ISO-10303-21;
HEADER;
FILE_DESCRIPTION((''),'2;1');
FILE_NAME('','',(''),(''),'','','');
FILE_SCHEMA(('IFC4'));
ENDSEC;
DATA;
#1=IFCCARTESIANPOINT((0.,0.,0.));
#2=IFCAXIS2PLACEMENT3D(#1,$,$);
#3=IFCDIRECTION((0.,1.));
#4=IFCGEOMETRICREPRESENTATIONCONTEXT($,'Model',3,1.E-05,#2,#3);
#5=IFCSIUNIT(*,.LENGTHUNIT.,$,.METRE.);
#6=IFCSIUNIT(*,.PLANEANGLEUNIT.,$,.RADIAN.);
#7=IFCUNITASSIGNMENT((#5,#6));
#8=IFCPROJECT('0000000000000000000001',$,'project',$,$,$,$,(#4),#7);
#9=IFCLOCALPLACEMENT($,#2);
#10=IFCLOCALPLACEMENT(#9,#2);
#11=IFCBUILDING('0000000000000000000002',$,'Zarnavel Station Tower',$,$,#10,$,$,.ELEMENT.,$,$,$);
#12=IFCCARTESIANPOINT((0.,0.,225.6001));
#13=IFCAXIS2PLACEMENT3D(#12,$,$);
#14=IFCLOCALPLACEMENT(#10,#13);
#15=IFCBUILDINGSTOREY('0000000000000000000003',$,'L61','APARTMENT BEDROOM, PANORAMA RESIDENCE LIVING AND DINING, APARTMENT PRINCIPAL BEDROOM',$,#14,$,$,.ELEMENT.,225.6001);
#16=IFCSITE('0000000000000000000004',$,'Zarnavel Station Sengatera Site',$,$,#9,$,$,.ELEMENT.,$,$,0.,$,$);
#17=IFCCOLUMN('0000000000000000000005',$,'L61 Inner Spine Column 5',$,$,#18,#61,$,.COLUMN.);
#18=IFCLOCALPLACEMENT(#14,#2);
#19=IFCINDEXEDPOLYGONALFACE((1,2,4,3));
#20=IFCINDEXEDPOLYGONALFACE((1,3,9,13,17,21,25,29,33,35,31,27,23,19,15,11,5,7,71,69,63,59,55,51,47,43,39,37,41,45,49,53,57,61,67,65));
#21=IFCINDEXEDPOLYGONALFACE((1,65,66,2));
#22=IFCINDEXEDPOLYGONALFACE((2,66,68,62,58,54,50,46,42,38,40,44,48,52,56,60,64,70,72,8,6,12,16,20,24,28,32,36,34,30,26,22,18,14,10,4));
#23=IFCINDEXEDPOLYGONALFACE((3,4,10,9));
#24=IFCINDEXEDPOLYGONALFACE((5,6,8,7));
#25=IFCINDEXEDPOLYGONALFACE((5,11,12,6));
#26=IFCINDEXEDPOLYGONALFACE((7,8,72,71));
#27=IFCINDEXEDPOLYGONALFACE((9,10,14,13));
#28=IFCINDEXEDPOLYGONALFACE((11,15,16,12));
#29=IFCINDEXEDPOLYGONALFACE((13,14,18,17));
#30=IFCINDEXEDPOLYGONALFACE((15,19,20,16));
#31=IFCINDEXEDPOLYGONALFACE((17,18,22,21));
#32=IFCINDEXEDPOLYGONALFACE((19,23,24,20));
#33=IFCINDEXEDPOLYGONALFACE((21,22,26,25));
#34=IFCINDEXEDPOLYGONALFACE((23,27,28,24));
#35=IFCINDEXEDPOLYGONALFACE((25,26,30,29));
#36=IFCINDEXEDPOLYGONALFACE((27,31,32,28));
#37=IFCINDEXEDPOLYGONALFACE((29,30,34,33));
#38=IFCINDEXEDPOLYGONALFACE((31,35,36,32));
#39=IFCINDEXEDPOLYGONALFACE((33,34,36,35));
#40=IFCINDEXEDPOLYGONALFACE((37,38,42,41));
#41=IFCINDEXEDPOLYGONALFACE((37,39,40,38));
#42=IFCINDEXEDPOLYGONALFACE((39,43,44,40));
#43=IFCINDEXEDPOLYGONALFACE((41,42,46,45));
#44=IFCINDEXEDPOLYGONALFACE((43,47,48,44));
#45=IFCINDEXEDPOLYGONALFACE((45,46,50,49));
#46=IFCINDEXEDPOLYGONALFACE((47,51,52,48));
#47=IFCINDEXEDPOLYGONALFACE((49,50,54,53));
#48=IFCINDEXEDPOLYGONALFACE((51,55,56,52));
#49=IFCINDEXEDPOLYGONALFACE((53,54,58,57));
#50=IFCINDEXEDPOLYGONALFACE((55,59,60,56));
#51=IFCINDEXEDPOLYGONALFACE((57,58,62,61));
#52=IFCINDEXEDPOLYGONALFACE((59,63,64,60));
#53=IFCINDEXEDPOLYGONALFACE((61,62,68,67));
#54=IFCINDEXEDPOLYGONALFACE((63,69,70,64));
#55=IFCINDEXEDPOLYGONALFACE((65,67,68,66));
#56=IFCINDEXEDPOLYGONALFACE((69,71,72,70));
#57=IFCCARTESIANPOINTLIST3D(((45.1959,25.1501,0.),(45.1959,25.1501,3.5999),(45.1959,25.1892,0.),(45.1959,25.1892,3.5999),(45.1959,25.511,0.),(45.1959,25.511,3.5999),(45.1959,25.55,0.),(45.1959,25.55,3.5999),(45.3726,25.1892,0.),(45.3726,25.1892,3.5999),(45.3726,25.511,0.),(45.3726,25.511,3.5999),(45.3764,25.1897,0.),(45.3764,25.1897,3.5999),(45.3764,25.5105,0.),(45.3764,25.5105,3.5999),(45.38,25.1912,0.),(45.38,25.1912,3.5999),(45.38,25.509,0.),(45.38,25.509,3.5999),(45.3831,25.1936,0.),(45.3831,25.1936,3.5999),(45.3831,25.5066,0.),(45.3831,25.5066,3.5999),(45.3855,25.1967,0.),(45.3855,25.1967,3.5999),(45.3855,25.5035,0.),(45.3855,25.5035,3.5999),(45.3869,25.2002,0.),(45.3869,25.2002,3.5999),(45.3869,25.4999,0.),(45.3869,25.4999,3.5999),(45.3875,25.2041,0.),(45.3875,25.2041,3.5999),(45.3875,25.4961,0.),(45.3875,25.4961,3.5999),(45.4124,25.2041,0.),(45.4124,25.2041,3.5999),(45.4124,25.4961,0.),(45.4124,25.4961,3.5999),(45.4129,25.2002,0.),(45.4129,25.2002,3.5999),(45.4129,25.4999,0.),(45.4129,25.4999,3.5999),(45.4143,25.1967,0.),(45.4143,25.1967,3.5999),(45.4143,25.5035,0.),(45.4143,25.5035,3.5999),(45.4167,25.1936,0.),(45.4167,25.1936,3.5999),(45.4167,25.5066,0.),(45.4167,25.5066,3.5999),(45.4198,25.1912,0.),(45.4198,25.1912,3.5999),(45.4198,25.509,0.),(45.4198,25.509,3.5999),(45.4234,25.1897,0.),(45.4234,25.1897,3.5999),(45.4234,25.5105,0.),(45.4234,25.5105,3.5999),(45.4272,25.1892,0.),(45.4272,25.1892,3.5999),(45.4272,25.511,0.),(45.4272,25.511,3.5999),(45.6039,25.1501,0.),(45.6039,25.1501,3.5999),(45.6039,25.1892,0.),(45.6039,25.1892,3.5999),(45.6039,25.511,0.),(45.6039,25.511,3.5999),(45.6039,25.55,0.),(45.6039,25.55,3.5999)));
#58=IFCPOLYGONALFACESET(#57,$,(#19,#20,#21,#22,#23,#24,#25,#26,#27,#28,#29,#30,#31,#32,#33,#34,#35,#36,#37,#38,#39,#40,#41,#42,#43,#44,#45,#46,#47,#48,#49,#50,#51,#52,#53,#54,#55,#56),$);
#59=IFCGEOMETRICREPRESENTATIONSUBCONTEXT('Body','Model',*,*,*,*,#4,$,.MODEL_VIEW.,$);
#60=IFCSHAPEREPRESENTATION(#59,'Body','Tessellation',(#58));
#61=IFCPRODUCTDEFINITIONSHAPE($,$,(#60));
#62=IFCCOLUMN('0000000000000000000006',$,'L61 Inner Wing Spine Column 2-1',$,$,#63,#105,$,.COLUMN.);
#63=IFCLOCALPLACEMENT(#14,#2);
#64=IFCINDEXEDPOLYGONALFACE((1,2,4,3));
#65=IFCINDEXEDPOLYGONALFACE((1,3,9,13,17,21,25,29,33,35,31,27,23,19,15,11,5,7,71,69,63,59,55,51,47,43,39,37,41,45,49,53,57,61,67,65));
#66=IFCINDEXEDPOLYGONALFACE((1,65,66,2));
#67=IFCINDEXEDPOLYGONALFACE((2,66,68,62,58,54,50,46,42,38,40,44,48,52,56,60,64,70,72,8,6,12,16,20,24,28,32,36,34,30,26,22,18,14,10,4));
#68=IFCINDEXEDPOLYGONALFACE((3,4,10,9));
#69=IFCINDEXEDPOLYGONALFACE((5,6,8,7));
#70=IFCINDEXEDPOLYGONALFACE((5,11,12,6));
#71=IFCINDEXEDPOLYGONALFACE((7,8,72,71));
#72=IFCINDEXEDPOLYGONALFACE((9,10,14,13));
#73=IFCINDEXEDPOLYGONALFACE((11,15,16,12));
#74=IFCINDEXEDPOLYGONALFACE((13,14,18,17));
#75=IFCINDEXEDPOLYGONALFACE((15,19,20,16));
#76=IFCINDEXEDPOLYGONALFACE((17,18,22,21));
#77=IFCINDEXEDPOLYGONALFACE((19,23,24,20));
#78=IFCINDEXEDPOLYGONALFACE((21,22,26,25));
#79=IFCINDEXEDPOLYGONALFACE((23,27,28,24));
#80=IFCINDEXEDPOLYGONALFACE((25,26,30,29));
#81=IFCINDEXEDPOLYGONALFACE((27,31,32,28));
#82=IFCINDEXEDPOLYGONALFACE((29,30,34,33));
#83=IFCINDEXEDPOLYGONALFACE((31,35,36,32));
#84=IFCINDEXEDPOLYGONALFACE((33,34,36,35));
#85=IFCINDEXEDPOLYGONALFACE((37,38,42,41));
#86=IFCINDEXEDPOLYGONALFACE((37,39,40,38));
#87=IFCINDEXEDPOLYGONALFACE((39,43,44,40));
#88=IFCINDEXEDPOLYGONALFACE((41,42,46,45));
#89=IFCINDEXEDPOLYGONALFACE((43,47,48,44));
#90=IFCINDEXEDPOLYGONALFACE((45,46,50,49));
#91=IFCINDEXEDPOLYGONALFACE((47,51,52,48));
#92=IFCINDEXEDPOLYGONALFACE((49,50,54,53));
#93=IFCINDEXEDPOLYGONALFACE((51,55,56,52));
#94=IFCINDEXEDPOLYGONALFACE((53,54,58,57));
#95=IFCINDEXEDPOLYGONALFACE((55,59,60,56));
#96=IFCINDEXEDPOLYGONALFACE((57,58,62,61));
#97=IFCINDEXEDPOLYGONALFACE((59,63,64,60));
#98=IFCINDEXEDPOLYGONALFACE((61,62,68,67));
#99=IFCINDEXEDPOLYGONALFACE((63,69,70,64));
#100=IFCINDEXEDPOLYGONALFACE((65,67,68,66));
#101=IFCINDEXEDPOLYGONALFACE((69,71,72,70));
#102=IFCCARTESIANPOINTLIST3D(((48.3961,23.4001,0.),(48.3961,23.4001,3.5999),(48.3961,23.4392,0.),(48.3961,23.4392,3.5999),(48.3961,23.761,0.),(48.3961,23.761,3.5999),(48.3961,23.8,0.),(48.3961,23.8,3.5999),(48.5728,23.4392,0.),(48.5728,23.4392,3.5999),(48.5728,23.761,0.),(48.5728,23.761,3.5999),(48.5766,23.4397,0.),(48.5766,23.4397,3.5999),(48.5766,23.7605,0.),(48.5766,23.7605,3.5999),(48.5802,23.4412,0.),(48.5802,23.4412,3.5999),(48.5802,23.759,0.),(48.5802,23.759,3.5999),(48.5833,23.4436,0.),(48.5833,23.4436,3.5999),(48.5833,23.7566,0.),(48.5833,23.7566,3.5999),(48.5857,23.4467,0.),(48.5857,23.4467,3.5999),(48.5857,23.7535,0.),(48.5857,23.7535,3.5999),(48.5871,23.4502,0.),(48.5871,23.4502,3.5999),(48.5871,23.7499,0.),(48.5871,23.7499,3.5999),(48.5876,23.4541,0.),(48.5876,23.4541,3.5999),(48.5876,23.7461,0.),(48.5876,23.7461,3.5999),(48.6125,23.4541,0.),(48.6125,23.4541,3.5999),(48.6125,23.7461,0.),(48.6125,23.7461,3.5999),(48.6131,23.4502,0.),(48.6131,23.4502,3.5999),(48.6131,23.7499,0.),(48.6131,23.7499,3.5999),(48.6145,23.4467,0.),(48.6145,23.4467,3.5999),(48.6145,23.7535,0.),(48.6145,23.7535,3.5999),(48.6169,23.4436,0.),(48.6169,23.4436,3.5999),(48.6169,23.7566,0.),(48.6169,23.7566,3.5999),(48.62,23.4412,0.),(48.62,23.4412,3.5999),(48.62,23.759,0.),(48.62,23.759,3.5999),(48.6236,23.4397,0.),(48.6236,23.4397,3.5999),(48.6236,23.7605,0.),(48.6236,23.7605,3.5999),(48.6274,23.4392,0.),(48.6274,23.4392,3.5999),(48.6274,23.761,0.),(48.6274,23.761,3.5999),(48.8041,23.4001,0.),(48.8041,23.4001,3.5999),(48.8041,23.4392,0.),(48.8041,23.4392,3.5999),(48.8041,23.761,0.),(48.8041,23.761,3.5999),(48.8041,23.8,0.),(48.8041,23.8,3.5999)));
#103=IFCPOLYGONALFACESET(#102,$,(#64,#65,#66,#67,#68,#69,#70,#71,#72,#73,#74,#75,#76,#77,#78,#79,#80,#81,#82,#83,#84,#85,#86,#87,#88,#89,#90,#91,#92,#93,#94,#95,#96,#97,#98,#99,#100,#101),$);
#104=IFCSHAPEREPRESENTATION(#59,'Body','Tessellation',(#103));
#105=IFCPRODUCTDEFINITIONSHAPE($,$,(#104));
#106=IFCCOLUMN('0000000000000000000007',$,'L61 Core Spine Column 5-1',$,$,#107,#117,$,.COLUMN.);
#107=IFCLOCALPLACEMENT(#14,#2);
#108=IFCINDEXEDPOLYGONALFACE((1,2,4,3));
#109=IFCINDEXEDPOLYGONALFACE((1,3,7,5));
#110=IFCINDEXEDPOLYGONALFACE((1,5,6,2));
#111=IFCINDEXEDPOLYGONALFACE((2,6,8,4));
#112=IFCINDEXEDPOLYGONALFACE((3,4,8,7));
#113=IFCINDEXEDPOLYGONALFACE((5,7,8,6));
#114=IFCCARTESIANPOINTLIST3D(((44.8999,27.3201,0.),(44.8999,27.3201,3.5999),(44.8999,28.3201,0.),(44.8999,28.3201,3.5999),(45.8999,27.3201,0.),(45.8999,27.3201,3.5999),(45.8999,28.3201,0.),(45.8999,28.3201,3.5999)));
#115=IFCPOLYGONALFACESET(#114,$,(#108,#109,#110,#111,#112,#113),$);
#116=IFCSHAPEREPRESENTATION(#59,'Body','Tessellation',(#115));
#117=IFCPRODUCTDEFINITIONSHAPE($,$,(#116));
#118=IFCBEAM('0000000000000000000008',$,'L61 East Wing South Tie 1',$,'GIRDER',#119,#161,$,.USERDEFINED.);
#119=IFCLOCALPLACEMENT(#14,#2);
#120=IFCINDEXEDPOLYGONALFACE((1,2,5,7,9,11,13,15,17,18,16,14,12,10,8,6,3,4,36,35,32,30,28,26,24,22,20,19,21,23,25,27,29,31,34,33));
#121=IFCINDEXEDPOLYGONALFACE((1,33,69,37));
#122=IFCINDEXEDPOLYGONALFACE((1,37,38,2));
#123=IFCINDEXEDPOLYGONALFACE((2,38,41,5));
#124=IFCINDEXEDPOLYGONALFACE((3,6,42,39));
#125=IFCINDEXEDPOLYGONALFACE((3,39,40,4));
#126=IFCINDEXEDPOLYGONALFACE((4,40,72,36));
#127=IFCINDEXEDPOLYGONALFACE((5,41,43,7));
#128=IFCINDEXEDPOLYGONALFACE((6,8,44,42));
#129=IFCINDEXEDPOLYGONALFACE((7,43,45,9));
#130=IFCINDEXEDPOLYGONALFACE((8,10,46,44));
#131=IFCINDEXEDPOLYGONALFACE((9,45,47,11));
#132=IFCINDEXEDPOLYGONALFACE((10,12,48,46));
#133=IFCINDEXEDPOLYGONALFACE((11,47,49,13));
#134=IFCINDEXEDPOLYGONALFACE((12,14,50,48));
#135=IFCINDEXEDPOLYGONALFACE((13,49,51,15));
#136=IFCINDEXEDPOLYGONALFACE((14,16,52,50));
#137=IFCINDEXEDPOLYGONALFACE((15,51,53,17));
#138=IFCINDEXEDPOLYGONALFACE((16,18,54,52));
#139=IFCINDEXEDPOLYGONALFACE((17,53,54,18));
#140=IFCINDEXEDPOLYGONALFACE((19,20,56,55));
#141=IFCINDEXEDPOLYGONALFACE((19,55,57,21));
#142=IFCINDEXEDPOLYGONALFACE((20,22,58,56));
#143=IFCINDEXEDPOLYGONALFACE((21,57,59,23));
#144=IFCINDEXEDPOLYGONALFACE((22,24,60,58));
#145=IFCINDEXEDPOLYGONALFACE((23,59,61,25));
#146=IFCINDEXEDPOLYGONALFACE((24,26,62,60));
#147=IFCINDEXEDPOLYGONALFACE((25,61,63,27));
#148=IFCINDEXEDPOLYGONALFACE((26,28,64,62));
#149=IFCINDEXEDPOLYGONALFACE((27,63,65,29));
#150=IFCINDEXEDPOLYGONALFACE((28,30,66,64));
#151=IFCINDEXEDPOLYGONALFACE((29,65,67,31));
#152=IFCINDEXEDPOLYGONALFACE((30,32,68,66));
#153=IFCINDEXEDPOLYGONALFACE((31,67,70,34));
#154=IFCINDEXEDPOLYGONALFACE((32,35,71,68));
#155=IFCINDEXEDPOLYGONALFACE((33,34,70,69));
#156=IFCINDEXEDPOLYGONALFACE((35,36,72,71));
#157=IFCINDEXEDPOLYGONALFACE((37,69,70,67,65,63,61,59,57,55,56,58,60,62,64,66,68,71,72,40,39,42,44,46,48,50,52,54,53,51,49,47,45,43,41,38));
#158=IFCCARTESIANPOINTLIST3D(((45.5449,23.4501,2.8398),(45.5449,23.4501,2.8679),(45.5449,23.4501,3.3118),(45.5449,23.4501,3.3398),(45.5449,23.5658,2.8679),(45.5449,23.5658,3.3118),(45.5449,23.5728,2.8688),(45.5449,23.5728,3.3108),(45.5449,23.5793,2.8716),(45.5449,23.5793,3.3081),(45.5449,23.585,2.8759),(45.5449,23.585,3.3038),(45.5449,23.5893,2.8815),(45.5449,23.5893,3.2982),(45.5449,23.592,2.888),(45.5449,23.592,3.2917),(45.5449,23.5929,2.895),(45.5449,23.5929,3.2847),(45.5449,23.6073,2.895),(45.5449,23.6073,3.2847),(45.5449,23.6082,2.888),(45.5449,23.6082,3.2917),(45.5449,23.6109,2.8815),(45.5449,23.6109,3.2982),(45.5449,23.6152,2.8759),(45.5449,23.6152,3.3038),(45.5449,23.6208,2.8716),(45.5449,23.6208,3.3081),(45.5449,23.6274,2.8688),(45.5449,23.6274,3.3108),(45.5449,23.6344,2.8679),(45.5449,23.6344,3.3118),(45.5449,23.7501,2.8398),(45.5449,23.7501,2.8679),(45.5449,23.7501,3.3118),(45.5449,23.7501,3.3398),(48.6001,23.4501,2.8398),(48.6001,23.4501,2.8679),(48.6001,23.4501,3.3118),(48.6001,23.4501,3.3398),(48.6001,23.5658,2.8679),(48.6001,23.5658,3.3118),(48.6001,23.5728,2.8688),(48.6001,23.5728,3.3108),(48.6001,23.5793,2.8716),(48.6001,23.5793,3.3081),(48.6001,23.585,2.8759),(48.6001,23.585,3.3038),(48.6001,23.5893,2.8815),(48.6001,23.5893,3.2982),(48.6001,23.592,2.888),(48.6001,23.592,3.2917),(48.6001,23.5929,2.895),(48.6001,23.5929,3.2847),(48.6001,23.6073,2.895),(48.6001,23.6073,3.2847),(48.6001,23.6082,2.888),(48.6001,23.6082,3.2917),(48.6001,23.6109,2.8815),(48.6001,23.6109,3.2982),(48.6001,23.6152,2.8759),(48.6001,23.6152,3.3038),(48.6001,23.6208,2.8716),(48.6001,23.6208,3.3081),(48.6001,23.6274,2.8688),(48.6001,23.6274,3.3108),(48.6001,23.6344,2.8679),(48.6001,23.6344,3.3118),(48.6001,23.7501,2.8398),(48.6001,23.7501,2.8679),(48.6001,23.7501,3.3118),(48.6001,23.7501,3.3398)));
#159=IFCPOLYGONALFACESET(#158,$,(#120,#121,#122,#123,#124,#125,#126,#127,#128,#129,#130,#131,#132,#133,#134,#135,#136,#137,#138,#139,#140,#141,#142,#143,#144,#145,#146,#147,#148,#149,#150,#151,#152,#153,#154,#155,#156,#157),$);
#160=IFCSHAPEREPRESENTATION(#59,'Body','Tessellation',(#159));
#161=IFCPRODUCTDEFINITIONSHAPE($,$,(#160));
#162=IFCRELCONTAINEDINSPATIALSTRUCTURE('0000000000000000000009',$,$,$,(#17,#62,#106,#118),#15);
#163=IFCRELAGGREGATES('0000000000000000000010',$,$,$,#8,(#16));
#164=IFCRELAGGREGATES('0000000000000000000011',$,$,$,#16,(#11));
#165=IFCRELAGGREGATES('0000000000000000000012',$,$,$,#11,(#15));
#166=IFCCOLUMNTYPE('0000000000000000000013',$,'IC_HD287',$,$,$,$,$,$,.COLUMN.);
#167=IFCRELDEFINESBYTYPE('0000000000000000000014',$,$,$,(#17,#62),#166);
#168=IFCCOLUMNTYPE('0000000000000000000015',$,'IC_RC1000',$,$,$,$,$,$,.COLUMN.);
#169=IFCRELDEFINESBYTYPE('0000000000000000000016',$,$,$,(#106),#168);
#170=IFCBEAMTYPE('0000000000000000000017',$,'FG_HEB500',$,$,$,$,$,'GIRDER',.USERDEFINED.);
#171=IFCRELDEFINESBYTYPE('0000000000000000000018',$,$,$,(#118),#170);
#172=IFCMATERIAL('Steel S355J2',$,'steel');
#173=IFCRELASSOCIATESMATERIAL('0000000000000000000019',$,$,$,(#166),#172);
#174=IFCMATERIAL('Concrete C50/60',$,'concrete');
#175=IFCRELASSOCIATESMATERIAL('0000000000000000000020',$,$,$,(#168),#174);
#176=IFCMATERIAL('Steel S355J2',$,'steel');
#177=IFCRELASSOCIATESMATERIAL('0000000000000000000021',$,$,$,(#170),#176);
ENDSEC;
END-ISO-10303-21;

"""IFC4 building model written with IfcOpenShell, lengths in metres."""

from ifc_helpers import new_model, si_unit, direction, frame, origin, origin_2d, place, context, subcontext, project, spatial, rectangle, i_section, extrude, material, material_profile, profile_set, type_object, element, save


model = new_model("IFC4")

# Units and contexts
model_context = context("Model", 3, precision=1e-05, world=origin(), true_north=direction((0.0, 1.0)))
body_context = subcontext(model_context, "Body", "Model", "MODEL_VIEW")
ifc_project = project(units=[si_unit("LENGTHUNIT", "METRE"), si_unit("PLANEANGLEUNIT", "RADIAN")], contexts=[model_context])

# Site, building, storey
site_placement = place(None, origin())
site = spatial("IfcSite", under=ifc_project, at=site_placement, Name="Zarnavel Station Sengatera Site", CompositionType="ELEMENT", RefElevation=0.0)
building_placement = place(site_placement, origin())
building = spatial("IfcBuilding", under=site, at=building_placement, Name="Zarnavel Station Tower", CompositionType="ELEMENT")
storey_placement = place(building_placement, frame((0.0, 0.0, 225.6001)))
storey = spatial("IfcBuildingStorey", under=building, at=storey_placement, Name="L61", Description="APARTMENT BEDROOM, PANORAMA RESIDENCE LIVING AND DINING, APARTMENT PRINCIPAL BEDROOM", CompositionType="ELEMENT", Elevation=225.6001)

# Columns
ifc_material_1 = material(Name="Steel S355J2", Category="steel")
ifc_material_profile_1 = material_profile(ifc_material_1, i_section(OverallWidth=0.408, OverallDepth=0.3999, WebThickness=0.0249, FlangeThickness=0.0391, FilletRadius=0.0149, at=origin_2d()), Name="HD400x287")
ifc_profile_set_1 = profile_set([ifc_material_profile_1], Name="Steel S355J2")
column_type_1 = type_object("IfcColumnType", Name="IC_HD287", PredefinedType="COLUMN", material=ifc_profile_set_1)
for number, where, z_axis, x_axis, name in (
    (1, (45.3999, 25.3501, 0.0), (0.0, 0.0, 1.0), (1.0, 0.0, 0.0), "L61 Inner Spine Column 5"),
    (2, (48.6001, 23.6001, 0.0), (0.0, 0.0, 1.0), (1.0, 0.0, 0.0), "L61 Inner Wing Spine Column 2-1"),
):
    element("IfcColumn", number, at=place(storey_placement, frame(where, z_axis=z_axis, x_axis=x_axis)), inside=storey, type_object=column_type_1, Name=name, PredefinedType="COLUMN", context=body_context, shape_type="SweptSolid", body=[
        extrude(i_section(OverallWidth=0.408, OverallDepth=0.3999, WebThickness=0.0249, FlangeThickness=0.0391, FilletRadius=0.0149, at=origin_2d()), origin(), (0.0, 0.0, 1.0), 3.5999),
    ])
ifc_material_2 = material(Name="Concrete C50/60", Category="concrete")
ifc_material_profile_2 = material_profile(ifc_material_2, rectangle(XDim=1.0, YDim=1.0, at=origin_2d()), Name="RC1000x1000")
ifc_profile_set_2 = profile_set([ifc_material_profile_2], Name="Concrete C50/60")
column_type_2 = type_object("IfcColumnType", Name="IC_RC1000", PredefinedType="COLUMN", material=ifc_profile_set_2)
column_placement = place(storey_placement, frame((45.3999, 27.8201, 0.0), z_axis=(0.0, 0.0, 1.0), x_axis=(1.0, 0.0, 0.0)))
element("IfcColumn", 3, at=column_placement, inside=storey, type_object=column_type_2, Name="L61 Core Spine Column 5-1", PredefinedType="COLUMN", context=body_context, shape_type="SweptSolid", body=[
    extrude(rectangle(XDim=1.0, YDim=1.0, at=origin_2d()), origin(), (0.0, 0.0, 1.0), 3.5999),
])

# Beam
ifc_material_3 = material(Name="Steel S355J2", Category="steel")
ifc_material_profile_3 = material_profile(ifc_material_3, i_section(OverallWidth=0.3, OverallDepth=0.5, WebThickness=0.0144, FlangeThickness=0.0281, FilletRadius=0.0271, at=origin_2d()), Name="HEB500")
ifc_profile_set_3 = profile_set([ifc_material_profile_3], Name="Steel S355J2")
beam_type_1 = type_object("IfcBeamType", Name="FG_HEB500", ElementType="GIRDER", PredefinedType="USERDEFINED", material=ifc_profile_set_3)
beam_1_placement = place(storey_placement, frame((45.5449, 23.6001, 3.0898), z_axis=(1.0, 0.0, 0.0), x_axis=(0.0, 1.0, 0.0)))
element("IfcBeam", 4, at=beam_1_placement, inside=storey, type_object=beam_type_1, Name="L61 East Wing South Tie 1", ObjectType="GIRDER", PredefinedType="USERDEFINED", context=body_context, shape_type="SweptSolid", body=[
    extrude(i_section(OverallWidth=0.3, OverallDepth=0.5, WebThickness=0.0144, FlangeThickness=0.0281, FilletRadius=0.0271, at=origin_2d()), origin(), (0.0, 0.0, 1.0), 3.0552),
])

save(model, "model.ifc")
